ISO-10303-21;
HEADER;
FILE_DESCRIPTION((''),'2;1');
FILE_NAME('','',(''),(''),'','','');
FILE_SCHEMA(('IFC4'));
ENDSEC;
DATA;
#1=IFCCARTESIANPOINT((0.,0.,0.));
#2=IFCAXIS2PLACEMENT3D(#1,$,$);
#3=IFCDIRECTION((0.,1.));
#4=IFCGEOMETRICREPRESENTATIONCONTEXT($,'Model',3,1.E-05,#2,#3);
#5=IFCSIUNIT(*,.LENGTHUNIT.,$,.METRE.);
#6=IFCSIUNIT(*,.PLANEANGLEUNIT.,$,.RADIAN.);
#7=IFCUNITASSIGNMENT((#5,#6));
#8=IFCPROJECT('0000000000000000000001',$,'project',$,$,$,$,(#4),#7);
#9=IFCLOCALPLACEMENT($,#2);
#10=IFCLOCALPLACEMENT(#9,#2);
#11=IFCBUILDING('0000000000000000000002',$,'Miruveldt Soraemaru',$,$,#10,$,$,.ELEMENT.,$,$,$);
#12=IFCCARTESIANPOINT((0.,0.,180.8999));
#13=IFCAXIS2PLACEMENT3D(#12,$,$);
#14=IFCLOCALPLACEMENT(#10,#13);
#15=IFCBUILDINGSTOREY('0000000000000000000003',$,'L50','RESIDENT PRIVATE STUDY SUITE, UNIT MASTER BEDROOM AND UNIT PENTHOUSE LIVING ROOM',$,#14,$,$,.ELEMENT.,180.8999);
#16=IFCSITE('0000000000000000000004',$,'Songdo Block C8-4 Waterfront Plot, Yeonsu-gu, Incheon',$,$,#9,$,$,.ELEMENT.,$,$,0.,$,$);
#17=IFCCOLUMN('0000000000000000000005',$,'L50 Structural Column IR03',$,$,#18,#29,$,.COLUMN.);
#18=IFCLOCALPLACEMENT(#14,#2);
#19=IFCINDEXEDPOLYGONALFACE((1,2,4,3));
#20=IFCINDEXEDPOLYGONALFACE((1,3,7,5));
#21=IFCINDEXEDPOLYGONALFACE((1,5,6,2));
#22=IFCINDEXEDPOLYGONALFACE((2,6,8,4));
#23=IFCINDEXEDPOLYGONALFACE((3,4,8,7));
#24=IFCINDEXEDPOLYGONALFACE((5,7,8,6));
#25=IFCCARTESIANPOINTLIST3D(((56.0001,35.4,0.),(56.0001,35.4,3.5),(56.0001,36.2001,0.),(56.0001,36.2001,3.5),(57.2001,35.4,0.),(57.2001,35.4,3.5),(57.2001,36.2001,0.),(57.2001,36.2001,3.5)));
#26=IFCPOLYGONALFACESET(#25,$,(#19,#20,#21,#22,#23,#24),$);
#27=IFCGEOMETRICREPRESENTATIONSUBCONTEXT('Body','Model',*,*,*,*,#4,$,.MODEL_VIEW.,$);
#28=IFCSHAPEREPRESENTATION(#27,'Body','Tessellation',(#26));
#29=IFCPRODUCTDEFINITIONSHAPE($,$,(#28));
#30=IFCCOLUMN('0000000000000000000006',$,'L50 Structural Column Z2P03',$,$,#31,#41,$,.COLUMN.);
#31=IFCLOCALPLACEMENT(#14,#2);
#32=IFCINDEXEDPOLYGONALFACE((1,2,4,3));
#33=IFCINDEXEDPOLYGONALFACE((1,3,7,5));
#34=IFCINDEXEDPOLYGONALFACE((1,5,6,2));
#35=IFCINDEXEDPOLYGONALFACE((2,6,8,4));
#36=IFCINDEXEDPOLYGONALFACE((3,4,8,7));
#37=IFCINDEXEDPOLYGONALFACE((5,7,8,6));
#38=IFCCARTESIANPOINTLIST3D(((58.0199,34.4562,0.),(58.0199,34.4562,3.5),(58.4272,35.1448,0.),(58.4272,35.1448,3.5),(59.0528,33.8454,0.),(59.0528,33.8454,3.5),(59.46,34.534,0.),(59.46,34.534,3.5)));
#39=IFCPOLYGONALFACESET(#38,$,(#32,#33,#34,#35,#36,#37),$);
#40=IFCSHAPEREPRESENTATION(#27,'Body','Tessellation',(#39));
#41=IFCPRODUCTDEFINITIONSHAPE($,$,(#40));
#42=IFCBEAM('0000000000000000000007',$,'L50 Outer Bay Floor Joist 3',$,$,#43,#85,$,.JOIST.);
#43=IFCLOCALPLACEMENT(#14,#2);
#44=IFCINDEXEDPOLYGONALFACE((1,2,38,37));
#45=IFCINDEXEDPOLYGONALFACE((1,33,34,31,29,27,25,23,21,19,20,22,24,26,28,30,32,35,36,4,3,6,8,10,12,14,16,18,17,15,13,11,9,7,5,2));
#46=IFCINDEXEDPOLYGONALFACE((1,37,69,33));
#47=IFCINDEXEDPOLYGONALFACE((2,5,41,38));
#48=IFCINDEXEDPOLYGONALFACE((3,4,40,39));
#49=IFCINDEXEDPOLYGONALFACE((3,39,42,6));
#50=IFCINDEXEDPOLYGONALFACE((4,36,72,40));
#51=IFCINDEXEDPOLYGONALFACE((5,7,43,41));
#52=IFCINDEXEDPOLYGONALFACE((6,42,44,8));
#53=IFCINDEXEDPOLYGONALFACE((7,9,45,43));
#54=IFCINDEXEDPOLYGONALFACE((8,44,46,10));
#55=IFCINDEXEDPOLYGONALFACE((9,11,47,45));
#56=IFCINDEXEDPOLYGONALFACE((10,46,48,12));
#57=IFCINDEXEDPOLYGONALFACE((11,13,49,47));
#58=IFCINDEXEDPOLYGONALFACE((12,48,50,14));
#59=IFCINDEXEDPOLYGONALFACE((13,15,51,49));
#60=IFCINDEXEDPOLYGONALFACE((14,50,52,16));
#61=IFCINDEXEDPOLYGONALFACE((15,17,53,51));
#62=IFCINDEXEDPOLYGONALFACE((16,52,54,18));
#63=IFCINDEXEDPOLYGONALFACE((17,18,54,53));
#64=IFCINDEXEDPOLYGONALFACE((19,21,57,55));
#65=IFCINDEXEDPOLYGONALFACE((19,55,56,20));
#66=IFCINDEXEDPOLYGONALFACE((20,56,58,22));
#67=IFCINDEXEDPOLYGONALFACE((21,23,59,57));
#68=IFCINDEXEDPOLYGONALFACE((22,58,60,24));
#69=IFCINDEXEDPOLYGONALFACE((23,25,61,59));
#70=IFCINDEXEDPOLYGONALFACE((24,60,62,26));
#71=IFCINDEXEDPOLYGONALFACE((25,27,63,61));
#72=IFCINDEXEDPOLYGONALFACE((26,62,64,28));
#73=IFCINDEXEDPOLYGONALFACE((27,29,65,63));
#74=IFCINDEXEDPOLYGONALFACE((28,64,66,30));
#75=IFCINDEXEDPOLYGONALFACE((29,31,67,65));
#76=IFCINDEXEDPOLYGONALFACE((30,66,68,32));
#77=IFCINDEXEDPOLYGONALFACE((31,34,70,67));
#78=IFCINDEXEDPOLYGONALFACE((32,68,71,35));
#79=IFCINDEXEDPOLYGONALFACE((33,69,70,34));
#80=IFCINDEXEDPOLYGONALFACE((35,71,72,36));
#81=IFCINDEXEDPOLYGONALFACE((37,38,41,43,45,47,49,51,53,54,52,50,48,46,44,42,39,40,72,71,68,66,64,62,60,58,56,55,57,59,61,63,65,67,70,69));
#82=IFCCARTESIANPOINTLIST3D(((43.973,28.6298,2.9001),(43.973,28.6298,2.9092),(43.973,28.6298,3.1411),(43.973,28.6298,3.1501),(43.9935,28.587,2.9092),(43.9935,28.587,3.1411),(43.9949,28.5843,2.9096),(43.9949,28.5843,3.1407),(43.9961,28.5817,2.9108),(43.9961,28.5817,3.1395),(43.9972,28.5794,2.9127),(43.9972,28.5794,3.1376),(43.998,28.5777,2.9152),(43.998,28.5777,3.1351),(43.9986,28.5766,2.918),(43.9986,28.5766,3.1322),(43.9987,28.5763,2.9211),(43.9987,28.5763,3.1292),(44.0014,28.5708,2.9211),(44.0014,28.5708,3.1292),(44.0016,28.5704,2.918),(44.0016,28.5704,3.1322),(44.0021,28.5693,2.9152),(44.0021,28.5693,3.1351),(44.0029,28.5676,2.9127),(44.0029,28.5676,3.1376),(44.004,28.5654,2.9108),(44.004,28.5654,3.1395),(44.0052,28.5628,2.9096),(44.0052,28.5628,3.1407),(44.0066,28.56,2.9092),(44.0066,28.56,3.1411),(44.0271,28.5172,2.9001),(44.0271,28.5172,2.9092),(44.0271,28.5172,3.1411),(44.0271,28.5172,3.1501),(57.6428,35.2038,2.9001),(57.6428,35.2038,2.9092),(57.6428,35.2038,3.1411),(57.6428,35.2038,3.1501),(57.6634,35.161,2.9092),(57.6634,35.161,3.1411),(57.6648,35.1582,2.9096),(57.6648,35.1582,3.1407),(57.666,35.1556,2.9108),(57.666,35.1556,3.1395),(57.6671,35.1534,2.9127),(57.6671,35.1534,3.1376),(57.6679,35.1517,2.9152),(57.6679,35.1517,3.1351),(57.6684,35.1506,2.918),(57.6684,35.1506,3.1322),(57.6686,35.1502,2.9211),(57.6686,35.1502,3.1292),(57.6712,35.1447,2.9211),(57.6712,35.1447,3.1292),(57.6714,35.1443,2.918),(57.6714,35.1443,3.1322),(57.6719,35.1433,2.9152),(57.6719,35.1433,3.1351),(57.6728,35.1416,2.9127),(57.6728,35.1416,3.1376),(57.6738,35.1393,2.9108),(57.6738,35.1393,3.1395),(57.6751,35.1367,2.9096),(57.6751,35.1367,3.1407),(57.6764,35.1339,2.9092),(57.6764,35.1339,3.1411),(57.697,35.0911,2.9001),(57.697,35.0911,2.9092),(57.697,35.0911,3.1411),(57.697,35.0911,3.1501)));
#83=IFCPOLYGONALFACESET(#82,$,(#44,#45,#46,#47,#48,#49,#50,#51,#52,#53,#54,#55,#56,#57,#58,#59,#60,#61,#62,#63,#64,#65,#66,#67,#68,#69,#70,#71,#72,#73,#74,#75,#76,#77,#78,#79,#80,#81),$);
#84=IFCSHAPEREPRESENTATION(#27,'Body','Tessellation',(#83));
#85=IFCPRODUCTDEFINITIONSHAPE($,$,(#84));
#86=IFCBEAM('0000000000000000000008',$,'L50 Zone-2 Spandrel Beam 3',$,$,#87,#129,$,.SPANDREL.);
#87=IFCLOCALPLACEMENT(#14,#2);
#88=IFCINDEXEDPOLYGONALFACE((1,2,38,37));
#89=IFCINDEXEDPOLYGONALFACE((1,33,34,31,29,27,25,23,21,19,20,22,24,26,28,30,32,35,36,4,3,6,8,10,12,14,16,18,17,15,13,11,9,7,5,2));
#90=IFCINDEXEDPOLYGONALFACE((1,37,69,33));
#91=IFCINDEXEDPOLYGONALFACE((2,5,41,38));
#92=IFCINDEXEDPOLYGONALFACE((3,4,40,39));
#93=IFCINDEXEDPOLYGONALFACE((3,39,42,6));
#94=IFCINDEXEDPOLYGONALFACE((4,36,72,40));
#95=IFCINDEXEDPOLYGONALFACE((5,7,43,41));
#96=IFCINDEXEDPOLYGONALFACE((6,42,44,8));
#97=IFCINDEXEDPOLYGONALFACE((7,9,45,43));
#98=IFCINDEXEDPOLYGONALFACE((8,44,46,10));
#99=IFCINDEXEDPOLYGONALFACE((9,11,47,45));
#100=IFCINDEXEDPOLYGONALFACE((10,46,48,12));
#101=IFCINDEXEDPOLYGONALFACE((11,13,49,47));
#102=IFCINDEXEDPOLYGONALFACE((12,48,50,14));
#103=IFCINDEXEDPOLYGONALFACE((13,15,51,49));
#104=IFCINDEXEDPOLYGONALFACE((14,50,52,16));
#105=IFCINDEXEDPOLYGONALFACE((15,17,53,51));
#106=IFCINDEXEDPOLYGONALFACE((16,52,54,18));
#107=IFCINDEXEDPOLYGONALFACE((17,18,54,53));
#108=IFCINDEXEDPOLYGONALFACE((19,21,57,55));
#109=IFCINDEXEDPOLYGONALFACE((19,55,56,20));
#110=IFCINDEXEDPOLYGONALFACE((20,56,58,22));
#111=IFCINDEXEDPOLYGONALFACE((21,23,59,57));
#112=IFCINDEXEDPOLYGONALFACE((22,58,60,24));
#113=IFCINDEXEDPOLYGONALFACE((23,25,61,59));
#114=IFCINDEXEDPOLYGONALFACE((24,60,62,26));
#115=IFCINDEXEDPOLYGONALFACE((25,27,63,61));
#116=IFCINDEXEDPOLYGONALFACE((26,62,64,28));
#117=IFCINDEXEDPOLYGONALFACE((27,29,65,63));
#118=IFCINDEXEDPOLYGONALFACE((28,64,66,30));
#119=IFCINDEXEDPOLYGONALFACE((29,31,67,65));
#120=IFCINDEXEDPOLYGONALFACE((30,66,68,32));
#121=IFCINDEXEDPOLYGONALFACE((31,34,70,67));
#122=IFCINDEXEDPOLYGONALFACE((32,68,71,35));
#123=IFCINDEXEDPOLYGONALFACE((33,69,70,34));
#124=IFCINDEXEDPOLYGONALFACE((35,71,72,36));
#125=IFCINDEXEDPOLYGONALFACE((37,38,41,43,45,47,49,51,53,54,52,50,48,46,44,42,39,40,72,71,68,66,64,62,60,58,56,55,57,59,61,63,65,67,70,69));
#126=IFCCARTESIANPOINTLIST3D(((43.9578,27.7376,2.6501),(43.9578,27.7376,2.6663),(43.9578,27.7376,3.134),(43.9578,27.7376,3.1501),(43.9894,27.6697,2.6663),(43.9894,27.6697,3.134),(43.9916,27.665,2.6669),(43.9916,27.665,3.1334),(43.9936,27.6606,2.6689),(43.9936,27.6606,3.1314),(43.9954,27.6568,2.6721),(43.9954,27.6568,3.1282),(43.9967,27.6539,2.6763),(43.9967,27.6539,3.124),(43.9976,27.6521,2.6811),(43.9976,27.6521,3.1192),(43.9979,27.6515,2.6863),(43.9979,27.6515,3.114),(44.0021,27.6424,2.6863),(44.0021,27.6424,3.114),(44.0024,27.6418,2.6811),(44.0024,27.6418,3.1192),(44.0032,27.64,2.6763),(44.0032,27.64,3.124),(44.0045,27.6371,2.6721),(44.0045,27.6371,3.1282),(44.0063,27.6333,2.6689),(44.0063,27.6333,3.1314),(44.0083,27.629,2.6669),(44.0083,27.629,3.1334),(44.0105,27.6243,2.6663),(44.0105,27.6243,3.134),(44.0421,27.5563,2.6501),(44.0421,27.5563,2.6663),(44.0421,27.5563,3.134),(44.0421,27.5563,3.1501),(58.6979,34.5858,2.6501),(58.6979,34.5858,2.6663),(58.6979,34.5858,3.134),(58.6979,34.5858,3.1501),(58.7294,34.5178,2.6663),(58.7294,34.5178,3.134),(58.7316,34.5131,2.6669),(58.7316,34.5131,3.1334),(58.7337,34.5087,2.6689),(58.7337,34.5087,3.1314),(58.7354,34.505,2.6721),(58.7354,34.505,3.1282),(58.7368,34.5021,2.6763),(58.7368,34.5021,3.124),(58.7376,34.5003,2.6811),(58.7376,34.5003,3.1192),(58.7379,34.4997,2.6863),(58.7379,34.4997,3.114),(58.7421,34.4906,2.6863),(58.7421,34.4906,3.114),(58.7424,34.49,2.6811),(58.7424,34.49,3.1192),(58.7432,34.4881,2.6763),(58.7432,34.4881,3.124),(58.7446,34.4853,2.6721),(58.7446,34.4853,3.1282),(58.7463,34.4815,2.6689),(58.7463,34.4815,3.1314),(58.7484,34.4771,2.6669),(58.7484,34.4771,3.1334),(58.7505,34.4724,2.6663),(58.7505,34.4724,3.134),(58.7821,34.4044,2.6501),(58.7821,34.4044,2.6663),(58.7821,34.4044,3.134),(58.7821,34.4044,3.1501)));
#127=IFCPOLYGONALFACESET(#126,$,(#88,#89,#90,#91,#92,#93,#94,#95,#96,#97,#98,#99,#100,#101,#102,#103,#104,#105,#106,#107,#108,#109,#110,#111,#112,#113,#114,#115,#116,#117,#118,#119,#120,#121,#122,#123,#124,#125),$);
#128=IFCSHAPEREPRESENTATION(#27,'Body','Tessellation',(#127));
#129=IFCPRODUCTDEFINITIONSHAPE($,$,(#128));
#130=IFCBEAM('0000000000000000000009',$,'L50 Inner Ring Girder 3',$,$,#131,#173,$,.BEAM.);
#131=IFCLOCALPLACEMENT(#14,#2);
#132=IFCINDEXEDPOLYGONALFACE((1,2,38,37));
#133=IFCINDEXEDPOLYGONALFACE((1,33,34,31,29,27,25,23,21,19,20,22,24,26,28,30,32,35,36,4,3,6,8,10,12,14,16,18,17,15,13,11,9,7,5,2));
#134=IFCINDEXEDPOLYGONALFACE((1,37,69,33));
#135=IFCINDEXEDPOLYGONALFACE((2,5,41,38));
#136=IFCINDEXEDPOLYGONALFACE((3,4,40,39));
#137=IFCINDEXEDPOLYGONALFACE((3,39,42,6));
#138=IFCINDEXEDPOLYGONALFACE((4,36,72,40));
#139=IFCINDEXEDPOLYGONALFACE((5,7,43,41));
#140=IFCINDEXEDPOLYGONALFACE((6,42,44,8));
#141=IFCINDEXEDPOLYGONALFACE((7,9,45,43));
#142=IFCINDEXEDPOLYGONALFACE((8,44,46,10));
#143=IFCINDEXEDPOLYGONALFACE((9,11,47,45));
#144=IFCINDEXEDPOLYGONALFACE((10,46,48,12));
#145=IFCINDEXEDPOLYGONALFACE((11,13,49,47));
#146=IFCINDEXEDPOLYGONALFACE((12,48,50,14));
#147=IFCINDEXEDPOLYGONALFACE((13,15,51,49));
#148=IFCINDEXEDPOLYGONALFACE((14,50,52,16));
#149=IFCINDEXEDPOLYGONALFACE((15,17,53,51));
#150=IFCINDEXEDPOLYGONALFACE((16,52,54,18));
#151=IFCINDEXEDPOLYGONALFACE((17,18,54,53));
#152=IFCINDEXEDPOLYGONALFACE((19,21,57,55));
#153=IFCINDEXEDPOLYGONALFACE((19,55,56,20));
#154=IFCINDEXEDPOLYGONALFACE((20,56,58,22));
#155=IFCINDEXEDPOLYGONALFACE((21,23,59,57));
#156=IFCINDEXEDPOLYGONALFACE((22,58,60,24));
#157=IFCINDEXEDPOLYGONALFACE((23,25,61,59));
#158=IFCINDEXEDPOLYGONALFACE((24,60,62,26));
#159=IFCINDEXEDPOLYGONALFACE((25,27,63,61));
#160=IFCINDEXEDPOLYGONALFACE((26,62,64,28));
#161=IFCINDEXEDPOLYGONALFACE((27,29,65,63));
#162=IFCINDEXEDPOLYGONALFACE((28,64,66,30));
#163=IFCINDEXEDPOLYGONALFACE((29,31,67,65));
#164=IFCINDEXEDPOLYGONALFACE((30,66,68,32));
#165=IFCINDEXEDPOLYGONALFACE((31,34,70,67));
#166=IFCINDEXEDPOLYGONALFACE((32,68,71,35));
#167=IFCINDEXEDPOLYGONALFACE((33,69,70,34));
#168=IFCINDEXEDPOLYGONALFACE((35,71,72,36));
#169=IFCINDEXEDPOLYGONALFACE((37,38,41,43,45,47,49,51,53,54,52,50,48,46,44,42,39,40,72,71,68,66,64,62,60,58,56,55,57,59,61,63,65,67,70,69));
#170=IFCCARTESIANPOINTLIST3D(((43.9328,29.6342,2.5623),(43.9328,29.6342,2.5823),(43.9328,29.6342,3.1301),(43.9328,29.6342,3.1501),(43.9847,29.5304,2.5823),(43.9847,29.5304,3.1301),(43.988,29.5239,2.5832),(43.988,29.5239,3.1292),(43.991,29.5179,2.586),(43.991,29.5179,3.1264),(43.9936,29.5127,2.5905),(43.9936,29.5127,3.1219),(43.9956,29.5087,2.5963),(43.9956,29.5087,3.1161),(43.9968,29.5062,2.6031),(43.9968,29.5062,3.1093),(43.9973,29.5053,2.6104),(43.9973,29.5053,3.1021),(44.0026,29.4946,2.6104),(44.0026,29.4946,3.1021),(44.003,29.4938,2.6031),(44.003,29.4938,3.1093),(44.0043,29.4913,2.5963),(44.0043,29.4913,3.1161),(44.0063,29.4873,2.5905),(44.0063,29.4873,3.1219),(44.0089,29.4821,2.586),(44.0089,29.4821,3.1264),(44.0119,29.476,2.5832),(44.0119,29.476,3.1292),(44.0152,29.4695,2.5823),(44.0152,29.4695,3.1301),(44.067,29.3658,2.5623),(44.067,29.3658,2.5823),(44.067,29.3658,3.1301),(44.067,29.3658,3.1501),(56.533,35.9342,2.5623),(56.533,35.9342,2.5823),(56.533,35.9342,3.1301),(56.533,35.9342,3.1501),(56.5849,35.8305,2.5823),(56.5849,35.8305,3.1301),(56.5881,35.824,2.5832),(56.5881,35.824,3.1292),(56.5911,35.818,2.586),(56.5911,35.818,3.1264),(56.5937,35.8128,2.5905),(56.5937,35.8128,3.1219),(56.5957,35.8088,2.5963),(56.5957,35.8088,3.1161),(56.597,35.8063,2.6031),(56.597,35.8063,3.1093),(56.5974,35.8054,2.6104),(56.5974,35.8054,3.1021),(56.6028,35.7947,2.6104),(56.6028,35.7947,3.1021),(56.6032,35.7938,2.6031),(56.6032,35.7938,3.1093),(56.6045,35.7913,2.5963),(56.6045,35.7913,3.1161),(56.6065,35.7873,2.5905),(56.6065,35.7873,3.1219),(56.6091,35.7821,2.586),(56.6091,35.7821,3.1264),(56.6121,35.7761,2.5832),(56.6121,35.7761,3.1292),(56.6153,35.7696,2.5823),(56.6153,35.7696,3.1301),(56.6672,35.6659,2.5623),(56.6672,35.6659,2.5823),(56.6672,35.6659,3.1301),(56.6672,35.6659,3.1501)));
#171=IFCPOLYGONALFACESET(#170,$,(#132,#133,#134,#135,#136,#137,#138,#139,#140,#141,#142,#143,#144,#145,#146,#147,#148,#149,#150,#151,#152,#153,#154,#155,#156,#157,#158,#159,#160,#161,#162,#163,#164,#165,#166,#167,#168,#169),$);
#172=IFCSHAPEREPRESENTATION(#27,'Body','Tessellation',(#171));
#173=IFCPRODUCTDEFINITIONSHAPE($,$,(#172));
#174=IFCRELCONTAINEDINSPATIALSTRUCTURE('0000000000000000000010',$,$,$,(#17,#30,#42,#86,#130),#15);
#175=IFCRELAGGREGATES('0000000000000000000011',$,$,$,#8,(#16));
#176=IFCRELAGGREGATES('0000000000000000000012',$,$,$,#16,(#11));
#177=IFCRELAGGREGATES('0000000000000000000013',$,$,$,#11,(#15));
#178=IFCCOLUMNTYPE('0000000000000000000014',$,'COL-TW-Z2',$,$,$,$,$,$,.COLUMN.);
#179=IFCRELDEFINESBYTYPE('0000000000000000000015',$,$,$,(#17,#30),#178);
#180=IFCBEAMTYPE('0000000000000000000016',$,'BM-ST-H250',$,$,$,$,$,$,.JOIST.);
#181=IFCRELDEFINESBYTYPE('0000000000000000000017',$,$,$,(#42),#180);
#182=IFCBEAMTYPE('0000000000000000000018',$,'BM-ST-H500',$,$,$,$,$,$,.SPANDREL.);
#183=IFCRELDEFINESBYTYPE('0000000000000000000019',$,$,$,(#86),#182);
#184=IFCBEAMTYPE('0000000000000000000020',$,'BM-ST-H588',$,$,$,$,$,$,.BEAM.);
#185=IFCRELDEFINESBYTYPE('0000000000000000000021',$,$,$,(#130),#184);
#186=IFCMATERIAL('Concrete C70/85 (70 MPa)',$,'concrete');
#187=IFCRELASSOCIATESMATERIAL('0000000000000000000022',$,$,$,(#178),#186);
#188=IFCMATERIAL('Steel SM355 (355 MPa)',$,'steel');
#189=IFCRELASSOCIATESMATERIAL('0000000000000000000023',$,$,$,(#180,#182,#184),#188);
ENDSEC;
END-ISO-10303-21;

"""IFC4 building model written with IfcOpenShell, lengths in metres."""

from ifc_helpers import new_model, si_unit, direction, frame, origin, origin_2d, place, context, subcontext, project, spatial, rectangle, i_section, extrude, material, material_profile, profile_set, type_object, element, save


model = new_model("IFC4")

# Units and contexts
model_context = context("Model", 3, precision=1e-05, world=origin(), true_north=direction((0.0, 1.0)))
body_context = subcontext(model_context, "Body", "Model", "MODEL_VIEW")
ifc_project = project(units=[si_unit("LENGTHUNIT", "METRE"), si_unit("PLANEANGLEUNIT", "RADIAN")], contexts=[model_context])

# Site, building, storey
site_placement = place(None, origin())
site = spatial("IfcSite", under=ifc_project, at=site_placement, Name="Songdo Block C8-4 Waterfront Plot, Yeonsu-gu, Incheon", CompositionType="ELEMENT", RefElevation=0.0)
building_placement = place(site_placement, origin())
building = spatial("IfcBuilding", under=site, at=building_placement, Name="Miruveldt Soraemaru", CompositionType="ELEMENT")
storey_placement = place(building_placement, frame((0.0, 0.0, 180.8999)))
storey = spatial("IfcBuildingStorey", under=building, at=storey_placement, Name="L50", Description="RESIDENT PRIVATE STUDY SUITE, UNIT MASTER BEDROOM AND UNIT PENTHOUSE LIVING ROOM", CompositionType="ELEMENT", Elevation=180.8999)

# Columns
ifc_material_1 = material(Name="Concrete C70/85 (70 MPa)", Category="concrete")
ifc_material_profile_1 = material_profile(ifc_material_1, rectangle(XDim=1.2, YDim=0.8, at=origin_2d()), Name="Concrete C70/85 (70 MPa)", Category="concrete")
ifc_profile_set_1 = profile_set([ifc_material_profile_1], Name="Concrete C70/85 (70 MPa)")
column_type = type_object("IfcColumnType", Name="COL-TW-Z2", PredefinedType="COLUMN", material=ifc_profile_set_1)
for number, where, z_axis, x_axis, name in (
    (1, (56.6001, 35.8, 0.0), (0.0, 0.0, 1.0), (1.0, 0.0, 0.0), "L50 Structural Column IR03"),
    (2, (58.74, 34.4951, 0.0), (0.0, 0.0, 1.0), (-0.860742, 0.509041, 0.0), "L50 Structural Column Z2P03"),
):
    element("IfcColumn", number, at=place(storey_placement, frame(where, z_axis=z_axis, x_axis=x_axis)), inside=storey, type_object=column_type, Name=name, PredefinedType="COLUMN", context=body_context, shape_type="SweptSolid", body=[
        extrude(rectangle(XDim=1.2, YDim=0.8, at=origin_2d()), origin(), (0.0, 0.0, 1.0), 3.5),
    ])

# Beams
ifc_material_2 = material(Name="Steel SM355 (355 MPa)", Category="steel")
ifc_material_profile_2 = material_profile(ifc_material_2, i_section(OverallWidth=0.125, OverallDepth=0.25, WebThickness=0.0061, FlangeThickness=0.009, FilletRadius=0.012, at=origin_2d()), Name="Steel SM355 (355 MPa)", Category="steel")
ifc_profile_set_2 = profile_set([ifc_material_profile_2], Name="Steel SM355 (355 MPa)")
beam_type_1 = type_object("IfcBeamType", Name="BM-ST-H250", PredefinedType="JOIST", material=ifc_profile_set_2)
beam_1_placement = place(storey_placement, frame((57.6699, 35.1475, 3.0251), z_axis=(-0.901204, -0.433396, 0.0), x_axis=(0.433396, -0.901204, 0.0)))
element("IfcBeam", 3, at=beam_1_placement, inside=storey, type_object=beam_type_1, Name="L50 Outer Bay Floor Joist 3", PredefinedType="JOIST", context=body_context, shape_type="SweptSolid", body=[
    extrude(i_section(OverallWidth=0.125, OverallDepth=0.25, WebThickness=0.0061, FlangeThickness=0.009, FilletRadius=0.012, at=origin_2d()), origin(), (0.0, 0.0, 1.0), 15.1685),
])
ifc_material_profile_3 = material_profile(ifc_material_2, i_section(OverallWidth=0.2, OverallDepth=0.5, WebThickness=0.01, FlangeThickness=0.0161, FilletRadius=0.02, at=origin_2d()), Name="Steel SM355 (355 MPa)", Category="steel")
ifc_profile_set_3 = profile_set([ifc_material_profile_3], Name="Steel SM355 (355 MPa)")
beam_type_2 = type_object("IfcBeamType", Name="BM-ST-H500", PredefinedType="SPANDREL", material=ifc_profile_set_3)
beam_2_placement = place(storey_placement, frame((58.74, 34.4951, 2.9001), z_axis=(-0.906901, -0.421343, 0.0), x_axis=(0.421343, -0.906901, 0.0)))
element("IfcBeam", 4, at=beam_2_placement, inside=storey, type_object=beam_type_2, Name="L50 Zone-2 Spandrel Beam 3", PredefinedType="SPANDREL", context=body_context, shape_type="SweptSolid", body=[
    extrude(i_section(OverallWidth=0.2, OverallDepth=0.5, WebThickness=0.01, FlangeThickness=0.0161, FilletRadius=0.02, at=origin_2d()), origin(), (0.0, 0.0, 1.0), 16.2532),
])
ifc_material_profile_4 = material_profile(ifc_material_2, i_section(OverallWidth=0.3, OverallDepth=0.5879, WebThickness=0.012, FlangeThickness=0.02, FilletRadius=0.0281, at=origin_2d()), Name="Steel SM355 (355 MPa)", Category="steel")
ifc_profile_set_4 = profile_set([ifc_material_profile_4], Name="Steel SM355 (355 MPa)")
beam_type_3 = type_object("IfcBeamType", Name="BM-ST-H588", PredefinedType="BEAM", material=ifc_profile_set_4)
beam_3_placement = place(storey_placement, frame((56.6001, 35.8, 2.8562), z_axis=(-0.894427, -0.447214, 0.0), x_axis=(0.447214, -0.894427, 0.0)))
element("IfcBeam", 5, at=beam_3_placement, inside=storey, type_object=beam_type_3, Name="L50 Inner Ring Girder 3", PredefinedType="BEAM", context=body_context, shape_type="SweptSolid", body=[
    extrude(i_section(OverallWidth=0.3, OverallDepth=0.5879, WebThickness=0.012, FlangeThickness=0.02, FilletRadius=0.0281, at=origin_2d()), origin(), (0.0, 0.0, 1.0), 14.0874),
])

save(model, "model.ifc")
